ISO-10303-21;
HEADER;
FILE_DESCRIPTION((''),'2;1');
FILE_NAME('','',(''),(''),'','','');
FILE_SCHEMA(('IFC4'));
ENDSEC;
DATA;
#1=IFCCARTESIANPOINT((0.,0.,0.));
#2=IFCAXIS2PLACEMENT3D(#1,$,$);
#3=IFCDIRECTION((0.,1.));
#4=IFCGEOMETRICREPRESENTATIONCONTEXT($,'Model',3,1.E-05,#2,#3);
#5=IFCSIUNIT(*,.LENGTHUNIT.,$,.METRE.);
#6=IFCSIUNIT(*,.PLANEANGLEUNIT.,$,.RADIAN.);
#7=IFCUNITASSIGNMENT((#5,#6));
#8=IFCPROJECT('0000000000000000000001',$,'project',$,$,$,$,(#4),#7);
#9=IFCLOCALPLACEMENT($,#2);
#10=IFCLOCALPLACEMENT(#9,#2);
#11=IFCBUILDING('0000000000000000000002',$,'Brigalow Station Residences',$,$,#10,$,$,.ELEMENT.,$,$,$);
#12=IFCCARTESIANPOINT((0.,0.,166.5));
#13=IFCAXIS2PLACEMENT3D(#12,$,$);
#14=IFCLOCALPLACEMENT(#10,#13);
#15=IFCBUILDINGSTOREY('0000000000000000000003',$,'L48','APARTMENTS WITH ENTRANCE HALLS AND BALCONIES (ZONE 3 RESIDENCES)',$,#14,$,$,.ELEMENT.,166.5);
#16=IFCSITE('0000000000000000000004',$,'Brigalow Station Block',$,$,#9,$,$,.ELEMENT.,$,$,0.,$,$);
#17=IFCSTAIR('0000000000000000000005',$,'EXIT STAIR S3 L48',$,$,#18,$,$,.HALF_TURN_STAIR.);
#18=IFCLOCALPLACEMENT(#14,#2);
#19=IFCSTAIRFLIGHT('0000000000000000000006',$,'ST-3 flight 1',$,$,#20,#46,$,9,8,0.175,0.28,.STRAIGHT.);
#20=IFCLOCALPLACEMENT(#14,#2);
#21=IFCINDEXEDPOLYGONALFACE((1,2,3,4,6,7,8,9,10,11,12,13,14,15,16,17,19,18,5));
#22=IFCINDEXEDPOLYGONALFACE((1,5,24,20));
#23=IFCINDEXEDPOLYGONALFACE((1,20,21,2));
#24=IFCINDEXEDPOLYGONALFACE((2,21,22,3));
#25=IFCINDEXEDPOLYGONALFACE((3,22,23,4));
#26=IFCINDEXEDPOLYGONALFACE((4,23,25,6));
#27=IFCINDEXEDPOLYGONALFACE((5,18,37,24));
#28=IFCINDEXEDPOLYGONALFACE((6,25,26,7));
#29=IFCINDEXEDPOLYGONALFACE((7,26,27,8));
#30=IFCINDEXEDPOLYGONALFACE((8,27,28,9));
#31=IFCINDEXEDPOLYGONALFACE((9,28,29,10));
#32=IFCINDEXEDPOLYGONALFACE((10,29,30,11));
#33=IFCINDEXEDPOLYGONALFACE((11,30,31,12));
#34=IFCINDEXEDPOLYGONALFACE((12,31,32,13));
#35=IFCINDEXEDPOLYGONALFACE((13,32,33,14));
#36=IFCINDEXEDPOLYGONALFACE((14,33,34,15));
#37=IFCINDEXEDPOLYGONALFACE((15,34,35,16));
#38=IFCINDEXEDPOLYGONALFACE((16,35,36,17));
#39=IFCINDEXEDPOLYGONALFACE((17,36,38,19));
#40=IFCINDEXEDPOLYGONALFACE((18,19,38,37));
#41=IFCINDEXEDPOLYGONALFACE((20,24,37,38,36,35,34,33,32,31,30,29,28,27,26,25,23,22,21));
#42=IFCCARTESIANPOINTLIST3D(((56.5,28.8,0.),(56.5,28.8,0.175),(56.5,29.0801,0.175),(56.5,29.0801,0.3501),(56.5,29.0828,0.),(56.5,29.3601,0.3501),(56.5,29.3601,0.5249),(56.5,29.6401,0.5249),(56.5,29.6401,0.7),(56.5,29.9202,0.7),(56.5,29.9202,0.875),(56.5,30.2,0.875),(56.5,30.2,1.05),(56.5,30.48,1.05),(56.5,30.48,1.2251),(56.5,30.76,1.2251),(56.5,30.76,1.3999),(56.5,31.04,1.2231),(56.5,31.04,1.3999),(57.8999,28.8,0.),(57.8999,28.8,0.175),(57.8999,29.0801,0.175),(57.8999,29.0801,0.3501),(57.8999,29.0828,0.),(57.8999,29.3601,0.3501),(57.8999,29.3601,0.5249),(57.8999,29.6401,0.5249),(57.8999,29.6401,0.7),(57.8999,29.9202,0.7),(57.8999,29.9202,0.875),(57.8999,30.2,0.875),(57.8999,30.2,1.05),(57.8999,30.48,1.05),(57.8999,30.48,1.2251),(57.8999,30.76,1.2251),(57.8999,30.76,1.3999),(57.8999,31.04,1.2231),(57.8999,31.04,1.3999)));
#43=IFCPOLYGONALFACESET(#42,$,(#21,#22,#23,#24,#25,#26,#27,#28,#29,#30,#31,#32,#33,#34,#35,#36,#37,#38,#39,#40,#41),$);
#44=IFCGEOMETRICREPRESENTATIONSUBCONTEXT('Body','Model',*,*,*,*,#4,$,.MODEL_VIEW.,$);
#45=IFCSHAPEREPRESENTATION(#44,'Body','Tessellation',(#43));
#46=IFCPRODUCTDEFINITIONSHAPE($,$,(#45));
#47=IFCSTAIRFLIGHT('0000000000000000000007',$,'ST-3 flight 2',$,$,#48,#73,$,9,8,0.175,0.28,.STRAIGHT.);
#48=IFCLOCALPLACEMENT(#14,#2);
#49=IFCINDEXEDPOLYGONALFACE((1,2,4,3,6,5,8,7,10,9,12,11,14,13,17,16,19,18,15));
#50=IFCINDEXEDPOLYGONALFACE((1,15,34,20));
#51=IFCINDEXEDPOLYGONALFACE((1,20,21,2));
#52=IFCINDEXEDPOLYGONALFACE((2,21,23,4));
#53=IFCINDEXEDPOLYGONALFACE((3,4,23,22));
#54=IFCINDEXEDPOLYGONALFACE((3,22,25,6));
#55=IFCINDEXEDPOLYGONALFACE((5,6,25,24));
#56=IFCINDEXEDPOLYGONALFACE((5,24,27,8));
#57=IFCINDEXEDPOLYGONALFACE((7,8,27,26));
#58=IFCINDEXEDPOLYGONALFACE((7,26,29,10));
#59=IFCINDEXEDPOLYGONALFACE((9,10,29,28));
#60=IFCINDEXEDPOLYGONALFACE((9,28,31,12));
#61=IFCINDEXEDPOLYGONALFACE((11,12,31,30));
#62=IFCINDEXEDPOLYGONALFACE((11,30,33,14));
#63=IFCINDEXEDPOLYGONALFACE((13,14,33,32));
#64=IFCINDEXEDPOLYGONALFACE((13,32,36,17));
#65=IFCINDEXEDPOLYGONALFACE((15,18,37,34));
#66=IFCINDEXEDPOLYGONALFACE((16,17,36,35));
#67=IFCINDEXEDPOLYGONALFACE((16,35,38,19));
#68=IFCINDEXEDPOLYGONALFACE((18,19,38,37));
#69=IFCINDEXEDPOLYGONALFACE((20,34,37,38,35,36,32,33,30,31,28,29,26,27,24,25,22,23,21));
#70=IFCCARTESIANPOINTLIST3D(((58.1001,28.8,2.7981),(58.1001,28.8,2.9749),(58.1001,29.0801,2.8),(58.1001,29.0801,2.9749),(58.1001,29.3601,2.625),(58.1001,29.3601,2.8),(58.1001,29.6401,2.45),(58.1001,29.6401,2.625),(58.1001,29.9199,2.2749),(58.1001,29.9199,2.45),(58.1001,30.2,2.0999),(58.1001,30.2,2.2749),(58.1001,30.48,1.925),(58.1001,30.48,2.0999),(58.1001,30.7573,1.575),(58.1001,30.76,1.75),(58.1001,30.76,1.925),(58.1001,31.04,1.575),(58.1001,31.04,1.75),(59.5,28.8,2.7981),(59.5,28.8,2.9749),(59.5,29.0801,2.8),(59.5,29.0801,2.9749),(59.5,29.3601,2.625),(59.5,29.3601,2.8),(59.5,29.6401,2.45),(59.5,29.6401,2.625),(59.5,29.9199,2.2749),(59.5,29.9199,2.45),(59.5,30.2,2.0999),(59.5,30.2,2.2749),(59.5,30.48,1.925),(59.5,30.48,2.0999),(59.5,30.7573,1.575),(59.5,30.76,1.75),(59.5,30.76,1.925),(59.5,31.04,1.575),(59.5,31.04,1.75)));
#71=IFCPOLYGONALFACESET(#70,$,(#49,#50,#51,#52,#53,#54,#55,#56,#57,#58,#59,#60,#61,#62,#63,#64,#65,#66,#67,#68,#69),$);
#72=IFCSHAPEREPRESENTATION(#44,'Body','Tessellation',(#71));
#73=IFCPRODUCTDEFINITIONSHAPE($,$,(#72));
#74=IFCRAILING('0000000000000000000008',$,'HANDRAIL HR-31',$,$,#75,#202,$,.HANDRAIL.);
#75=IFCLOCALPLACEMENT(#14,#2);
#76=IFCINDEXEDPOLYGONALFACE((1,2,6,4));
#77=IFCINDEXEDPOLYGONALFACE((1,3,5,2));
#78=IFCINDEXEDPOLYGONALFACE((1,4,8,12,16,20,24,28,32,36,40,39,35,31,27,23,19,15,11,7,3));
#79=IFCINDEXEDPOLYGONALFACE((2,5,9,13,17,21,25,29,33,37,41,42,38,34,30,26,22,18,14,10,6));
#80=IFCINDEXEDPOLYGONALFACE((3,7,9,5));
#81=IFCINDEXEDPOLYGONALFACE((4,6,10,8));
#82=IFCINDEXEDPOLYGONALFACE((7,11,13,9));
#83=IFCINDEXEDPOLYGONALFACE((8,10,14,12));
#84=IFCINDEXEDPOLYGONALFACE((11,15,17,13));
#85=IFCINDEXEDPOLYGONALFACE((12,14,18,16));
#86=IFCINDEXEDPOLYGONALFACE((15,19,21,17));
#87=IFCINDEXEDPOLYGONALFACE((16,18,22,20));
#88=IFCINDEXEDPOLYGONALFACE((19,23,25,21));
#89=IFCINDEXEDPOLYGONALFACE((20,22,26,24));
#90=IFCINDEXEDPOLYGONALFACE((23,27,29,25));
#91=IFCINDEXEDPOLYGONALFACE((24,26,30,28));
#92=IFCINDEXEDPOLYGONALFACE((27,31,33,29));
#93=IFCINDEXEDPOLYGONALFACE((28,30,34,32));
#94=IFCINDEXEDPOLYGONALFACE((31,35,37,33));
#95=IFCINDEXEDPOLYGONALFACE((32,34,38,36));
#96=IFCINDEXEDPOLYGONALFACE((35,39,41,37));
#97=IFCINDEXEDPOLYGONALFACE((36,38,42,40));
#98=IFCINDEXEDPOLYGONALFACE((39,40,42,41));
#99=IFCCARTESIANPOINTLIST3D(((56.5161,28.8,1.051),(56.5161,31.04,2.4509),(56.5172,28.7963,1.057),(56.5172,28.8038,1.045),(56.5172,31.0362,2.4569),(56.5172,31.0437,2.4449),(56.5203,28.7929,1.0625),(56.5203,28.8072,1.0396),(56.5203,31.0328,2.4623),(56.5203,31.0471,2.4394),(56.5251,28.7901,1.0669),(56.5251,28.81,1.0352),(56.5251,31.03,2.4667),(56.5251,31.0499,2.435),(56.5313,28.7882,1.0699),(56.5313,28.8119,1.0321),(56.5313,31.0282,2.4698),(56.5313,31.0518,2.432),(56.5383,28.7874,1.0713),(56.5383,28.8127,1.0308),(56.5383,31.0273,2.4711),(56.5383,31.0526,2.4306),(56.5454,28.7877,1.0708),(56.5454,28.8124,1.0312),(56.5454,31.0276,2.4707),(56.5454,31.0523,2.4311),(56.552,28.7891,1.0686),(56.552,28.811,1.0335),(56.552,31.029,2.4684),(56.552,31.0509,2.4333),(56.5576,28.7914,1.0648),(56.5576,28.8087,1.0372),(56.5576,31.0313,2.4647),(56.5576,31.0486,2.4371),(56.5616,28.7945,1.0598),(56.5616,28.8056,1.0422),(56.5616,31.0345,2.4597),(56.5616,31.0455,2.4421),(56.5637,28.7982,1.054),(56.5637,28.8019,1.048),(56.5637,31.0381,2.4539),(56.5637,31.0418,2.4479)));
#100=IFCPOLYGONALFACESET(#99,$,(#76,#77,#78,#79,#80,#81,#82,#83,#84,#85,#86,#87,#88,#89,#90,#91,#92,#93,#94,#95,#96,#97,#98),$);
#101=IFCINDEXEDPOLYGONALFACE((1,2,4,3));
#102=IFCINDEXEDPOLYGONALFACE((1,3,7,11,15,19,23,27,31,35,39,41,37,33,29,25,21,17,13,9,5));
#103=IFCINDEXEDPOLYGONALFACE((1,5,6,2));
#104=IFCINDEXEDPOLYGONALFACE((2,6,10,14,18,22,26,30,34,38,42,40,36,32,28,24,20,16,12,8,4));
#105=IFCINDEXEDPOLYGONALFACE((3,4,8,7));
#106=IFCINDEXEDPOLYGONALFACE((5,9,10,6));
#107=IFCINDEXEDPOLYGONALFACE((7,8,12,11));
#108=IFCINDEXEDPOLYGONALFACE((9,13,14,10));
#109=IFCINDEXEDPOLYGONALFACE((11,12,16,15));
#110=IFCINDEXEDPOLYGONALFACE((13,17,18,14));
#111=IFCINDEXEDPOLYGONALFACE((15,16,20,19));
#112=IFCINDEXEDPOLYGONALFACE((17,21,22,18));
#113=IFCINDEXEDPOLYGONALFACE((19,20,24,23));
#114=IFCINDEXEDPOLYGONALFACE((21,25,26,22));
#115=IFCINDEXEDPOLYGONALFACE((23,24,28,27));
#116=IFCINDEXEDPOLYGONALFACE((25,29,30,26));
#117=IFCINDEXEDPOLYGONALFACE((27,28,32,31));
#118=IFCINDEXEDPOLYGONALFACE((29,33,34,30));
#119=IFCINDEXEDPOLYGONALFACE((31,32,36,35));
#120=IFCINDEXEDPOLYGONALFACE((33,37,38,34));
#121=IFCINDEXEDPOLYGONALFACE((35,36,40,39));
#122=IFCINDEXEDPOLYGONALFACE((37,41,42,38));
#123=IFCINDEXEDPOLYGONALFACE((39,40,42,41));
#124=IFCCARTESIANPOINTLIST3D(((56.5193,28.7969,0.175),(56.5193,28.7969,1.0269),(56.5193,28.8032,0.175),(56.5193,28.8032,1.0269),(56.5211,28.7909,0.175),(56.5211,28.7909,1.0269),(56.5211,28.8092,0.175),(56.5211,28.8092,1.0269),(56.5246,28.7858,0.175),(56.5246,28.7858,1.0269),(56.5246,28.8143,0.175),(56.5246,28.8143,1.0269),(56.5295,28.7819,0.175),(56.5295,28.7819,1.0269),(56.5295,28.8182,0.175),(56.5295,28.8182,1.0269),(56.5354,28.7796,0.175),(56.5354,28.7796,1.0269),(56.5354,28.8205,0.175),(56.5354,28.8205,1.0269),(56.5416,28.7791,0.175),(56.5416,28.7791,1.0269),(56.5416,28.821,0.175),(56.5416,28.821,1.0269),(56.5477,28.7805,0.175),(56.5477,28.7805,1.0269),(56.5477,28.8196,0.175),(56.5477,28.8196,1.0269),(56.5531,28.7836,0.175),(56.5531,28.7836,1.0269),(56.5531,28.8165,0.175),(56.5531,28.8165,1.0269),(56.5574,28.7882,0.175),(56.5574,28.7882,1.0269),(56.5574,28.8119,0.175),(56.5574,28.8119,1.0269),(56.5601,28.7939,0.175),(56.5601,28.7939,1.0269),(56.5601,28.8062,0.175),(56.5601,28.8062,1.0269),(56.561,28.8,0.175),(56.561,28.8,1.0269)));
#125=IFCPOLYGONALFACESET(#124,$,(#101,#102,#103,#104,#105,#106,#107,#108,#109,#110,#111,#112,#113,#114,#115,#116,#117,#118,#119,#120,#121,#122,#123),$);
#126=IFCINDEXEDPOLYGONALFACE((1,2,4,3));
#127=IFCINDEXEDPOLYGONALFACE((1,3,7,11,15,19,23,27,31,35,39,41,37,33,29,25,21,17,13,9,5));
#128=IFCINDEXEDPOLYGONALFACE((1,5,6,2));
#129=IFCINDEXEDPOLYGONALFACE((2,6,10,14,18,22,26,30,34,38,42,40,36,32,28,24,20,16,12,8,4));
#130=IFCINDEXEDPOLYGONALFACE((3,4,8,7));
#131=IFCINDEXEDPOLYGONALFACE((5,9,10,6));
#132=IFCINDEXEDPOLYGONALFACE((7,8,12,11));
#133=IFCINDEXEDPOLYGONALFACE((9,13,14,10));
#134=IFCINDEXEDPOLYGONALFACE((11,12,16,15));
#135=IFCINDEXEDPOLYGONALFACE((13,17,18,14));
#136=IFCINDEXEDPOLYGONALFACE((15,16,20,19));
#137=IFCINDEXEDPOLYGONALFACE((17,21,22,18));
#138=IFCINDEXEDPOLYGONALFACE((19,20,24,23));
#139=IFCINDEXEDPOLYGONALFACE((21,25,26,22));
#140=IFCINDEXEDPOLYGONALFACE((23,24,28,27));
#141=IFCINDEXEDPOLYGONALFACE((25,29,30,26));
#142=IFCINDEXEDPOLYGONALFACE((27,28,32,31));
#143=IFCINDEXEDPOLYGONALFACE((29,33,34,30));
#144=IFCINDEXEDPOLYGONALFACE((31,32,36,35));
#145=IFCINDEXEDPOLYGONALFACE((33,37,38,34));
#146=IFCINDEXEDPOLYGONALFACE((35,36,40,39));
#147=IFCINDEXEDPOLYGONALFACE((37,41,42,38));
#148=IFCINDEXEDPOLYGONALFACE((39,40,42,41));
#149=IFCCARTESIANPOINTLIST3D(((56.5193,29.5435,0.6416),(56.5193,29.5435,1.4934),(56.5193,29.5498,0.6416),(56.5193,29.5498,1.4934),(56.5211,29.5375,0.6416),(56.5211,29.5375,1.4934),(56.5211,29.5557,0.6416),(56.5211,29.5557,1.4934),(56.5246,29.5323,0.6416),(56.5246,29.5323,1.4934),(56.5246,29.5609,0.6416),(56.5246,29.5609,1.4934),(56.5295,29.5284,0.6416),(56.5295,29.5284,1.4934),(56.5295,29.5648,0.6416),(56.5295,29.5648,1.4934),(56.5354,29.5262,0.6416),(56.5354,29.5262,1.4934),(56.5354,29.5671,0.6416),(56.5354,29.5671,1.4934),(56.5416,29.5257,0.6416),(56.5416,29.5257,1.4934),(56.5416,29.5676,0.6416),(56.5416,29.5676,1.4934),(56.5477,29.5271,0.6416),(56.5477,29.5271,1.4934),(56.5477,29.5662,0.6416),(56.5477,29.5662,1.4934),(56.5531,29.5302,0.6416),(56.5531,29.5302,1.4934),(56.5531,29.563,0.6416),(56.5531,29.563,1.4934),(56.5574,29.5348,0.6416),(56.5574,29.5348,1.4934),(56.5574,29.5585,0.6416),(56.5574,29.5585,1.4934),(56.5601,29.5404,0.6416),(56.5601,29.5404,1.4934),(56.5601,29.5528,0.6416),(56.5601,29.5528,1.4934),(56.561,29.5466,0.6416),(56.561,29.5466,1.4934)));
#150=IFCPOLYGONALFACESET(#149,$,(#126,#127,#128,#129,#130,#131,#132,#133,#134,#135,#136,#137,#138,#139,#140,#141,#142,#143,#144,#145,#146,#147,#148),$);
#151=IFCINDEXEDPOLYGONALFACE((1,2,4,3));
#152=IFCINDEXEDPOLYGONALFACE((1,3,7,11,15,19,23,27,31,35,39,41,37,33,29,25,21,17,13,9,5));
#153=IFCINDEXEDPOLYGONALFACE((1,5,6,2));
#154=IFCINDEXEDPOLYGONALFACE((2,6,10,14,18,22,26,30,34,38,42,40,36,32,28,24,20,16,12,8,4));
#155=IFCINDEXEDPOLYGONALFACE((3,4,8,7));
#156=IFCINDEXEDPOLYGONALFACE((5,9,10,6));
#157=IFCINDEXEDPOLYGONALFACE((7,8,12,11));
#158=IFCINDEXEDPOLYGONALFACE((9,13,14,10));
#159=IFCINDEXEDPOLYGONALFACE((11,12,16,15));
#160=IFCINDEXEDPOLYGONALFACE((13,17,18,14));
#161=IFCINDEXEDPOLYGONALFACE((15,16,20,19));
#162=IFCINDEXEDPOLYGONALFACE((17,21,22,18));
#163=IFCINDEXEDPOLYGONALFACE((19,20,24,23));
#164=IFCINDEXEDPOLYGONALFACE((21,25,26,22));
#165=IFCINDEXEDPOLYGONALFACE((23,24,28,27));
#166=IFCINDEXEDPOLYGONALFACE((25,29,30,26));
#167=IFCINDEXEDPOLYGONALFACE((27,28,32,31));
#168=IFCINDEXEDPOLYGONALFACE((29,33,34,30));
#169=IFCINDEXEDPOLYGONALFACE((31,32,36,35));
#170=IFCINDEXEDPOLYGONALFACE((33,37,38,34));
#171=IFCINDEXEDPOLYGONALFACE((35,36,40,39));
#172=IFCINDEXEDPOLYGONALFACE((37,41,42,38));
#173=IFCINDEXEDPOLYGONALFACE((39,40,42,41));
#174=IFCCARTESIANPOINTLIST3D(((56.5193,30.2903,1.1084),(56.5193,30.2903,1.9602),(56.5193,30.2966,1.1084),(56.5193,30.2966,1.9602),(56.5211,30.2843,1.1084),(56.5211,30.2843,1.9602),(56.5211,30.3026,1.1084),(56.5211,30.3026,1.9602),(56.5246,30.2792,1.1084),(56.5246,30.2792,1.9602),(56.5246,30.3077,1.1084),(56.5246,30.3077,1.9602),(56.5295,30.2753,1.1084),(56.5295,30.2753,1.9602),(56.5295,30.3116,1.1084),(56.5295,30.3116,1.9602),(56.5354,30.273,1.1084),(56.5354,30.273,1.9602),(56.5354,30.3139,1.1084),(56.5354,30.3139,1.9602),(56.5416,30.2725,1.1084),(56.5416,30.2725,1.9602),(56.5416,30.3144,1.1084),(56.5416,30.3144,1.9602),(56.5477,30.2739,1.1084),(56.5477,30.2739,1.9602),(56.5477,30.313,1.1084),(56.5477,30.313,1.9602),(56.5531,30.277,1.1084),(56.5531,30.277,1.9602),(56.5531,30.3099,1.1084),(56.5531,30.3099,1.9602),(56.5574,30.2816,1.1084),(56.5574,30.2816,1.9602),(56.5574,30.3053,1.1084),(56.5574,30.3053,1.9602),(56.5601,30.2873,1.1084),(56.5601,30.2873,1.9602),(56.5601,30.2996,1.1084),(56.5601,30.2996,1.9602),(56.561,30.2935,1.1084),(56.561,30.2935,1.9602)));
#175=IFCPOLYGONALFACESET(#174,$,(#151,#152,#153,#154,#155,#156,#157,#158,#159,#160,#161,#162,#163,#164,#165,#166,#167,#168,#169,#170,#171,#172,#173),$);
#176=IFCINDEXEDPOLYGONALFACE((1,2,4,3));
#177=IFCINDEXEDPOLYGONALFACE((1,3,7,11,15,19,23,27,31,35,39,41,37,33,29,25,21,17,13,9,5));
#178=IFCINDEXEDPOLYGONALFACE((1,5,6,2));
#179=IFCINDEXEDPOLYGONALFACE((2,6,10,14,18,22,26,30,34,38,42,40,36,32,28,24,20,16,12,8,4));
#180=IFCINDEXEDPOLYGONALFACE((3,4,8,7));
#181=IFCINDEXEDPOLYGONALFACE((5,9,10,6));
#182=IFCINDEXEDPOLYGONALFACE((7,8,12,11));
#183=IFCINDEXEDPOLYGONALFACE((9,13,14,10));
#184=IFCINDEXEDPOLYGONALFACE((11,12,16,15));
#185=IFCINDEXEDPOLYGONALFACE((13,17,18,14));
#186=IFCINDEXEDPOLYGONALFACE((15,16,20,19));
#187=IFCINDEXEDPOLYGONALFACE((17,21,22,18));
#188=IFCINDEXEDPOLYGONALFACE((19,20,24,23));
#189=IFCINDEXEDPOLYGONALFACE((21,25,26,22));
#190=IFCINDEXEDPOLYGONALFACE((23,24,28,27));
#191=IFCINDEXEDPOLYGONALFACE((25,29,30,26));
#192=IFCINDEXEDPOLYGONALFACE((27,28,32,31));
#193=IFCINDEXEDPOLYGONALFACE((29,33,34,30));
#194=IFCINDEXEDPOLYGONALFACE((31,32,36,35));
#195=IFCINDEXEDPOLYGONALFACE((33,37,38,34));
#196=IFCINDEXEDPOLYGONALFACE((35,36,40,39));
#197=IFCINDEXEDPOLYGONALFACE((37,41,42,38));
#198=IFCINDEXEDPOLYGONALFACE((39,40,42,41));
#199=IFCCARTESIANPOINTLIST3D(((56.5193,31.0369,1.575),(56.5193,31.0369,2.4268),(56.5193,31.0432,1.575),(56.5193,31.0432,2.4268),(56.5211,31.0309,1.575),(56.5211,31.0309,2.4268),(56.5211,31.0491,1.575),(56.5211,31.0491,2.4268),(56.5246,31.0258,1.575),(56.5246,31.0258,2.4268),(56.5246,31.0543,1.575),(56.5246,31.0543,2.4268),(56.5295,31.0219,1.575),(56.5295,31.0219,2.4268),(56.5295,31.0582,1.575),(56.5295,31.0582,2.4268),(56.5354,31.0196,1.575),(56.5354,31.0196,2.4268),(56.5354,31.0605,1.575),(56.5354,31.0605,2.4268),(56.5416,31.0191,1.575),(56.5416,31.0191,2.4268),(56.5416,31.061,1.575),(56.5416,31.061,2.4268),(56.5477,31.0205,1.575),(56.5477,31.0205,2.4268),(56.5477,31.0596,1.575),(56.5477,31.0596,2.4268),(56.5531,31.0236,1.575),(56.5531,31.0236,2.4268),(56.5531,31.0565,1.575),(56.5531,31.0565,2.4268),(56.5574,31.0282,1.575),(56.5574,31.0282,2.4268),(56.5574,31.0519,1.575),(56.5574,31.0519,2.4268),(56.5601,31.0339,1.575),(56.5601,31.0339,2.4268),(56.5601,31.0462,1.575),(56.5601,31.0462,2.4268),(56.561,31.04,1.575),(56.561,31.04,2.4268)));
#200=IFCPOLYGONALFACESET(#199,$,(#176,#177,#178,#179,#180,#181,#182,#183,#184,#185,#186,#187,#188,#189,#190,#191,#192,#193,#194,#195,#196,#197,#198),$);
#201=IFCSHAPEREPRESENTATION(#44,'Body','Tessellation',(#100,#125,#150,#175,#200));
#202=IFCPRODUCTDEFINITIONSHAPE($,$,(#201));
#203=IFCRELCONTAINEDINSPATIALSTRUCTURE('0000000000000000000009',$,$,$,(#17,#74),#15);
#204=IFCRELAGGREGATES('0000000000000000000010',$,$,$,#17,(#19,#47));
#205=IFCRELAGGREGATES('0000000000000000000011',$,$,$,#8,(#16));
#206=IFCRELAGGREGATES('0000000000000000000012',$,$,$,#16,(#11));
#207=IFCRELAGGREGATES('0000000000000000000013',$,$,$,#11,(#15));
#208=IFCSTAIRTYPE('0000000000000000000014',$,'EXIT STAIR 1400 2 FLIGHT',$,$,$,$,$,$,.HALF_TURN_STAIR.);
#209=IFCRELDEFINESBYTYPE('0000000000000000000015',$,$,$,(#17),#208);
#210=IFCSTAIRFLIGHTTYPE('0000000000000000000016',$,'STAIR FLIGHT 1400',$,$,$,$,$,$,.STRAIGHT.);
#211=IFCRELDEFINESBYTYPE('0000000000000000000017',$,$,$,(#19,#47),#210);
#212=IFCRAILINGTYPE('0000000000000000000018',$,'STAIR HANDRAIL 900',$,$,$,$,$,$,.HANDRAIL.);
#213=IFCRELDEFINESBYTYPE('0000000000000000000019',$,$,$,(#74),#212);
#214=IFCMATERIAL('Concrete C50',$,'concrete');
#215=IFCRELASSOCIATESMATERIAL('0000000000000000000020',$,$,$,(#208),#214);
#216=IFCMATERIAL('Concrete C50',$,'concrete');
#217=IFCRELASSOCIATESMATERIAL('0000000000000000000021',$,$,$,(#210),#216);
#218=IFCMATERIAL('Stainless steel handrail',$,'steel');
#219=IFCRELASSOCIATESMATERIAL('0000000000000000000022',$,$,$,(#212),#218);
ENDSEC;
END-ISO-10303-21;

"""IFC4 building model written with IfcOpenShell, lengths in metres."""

from ifc_helpers import new_model, si_unit, direction, frame, origin, origin_2d, place, context, subcontext, project, spatial, polyline, circle, outline, extrude, material, type_object, element, aggregate, save


model = new_model("IFC4")

# Units and contexts
model_context = context("Model", 3, precision=1e-05, world=origin(), true_north=direction((0.0, 1.0)))
body_context = subcontext(model_context, "Body", "Model", "MODEL_VIEW")
ifc_project = project(units=[si_unit("LENGTHUNIT", "METRE"), si_unit("PLANEANGLEUNIT", "RADIAN")], contexts=[model_context])

# Site, building, storey
site_placement = place(None, origin())
site = spatial("IfcSite", under=ifc_project, at=site_placement, Name="Brigalow Station Block", CompositionType="ELEMENT", RefElevation=0.0)
building_placement = place(site_placement, origin())
building = spatial("IfcBuilding", under=site, at=building_placement, Name="Brigalow Station Residences", CompositionType="ELEMENT")
storey_placement = place(building_placement, frame((0.0, 0.0, 166.5)))
storey = spatial("IfcBuildingStorey", under=building, at=storey_placement, Name="L48", Description="APARTMENTS WITH ENTRANCE HALLS AND BALCONIES (ZONE 3 RESIDENCES)", CompositionType="ELEMENT", Elevation=166.5)

# Stair, stair flights
ifc_material_1 = material(Name="Concrete C50", Category="concrete")
stair_type = type_object("IfcStairType", Name="EXIT STAIR 1400 2 FLIGHT", PredefinedType="HALF_TURN_STAIR", material=ifc_material_1)
stair_placement = place(storey_placement, origin())
stair = element("IfcStair", 1, at=stair_placement, inside=storey, type_object=stair_type, Name="EXIT STAIR S3 L48", PredefinedType="HALF_TURN_STAIR")
ifc_material_2 = material(Name="Concrete C50", Category="concrete")
stair_flight_type = type_object("IfcStairFlightType", Name="STAIR FLIGHT 1400", PredefinedType="STRAIGHT", material=ifc_material_2)
stair_flight_1_placement = place(storey_placement, frame((57.2, 28.8, 0.0), z_axis=(0.0, 0.0, 1.0), x_axis=(0.0, 1.0, 0.0)))
stair_flight_1 = element("IfcStairFlight", 2, at=stair_flight_1_placement, type_object=stair_flight_type, Name="ST-3 flight 1", NumberOfRisers=9, NumberOfTreads=8, PredefinedType="STRAIGHT", RiserHeight=0.175, TreadLength=0.28, context=body_context, shape_type="SweptSolid", body=[
    extrude(outline(polyline([(0.0, 0.0), (0.0, 0.175), (0.28, 0.175), (0.28, 0.3501), (0.5601, 0.3501), (0.5601, 0.5249), (0.8401, 0.5249), (0.8401, 0.7), (1.1201, 0.7), (1.1201, 0.875), (1.3999, 0.875), (1.3999, 1.05), (1.6799, 1.05), (1.6799, 1.2251), (1.96, 1.2251), (1.96, 1.3999), (2.24, 1.3999), (2.24, 1.575), (2.24, 1.2231), (0.2827, 0.0), (0.0, 0.0)])), frame((0.0, 0.7, 0.0), z_axis=(0.0, -1.0, 0.0), x_axis=(1.0, 0.0, 0.0)), (0.0, 0.0, 1.0), 1.3999),
])
stair_flight_2_placement = place(storey_placement, frame((58.8, 31.04, 1.575), z_axis=(0.0, 0.0, 1.0), x_axis=(0.0, -1.0, 0.0)))
stair_flight_2 = element("IfcStairFlight", 3, at=stair_flight_2_placement, type_object=stair_flight_type, Name="ST-3 flight 2", NumberOfRisers=9, NumberOfTreads=8, PredefinedType="STRAIGHT", RiserHeight=0.175, TreadLength=0.28, context=body_context, shape_type="SweptSolid", body=[
    extrude(outline(polyline([(0.0, 0.0), (0.0, 0.175), (0.28, 0.175), (0.28, 0.3501), (0.5601, 0.3501), (0.5601, 0.5249), (0.8401, 0.5249), (0.8401, 0.7), (1.1201, 0.7), (1.1201, 0.875), (1.3999, 0.875), (1.3999, 1.05), (1.6799, 1.05), (1.6799, 1.2251), (1.96, 1.2251), (1.96, 1.3999), (2.24, 1.3999), (2.24, 1.575), (2.24, 1.2231), (0.2827, 0.0), (0.0, 0.0)])), frame((0.0, 0.7, 0.0), z_axis=(0.0, -1.0, 0.0), x_axis=(1.0, 0.0, 0.0)), (0.0, 0.0, 1.0), 1.3999),
])
aggregate(stair, [stair_flight_1, stair_flight_2])

# Railing
ifc_material_3 = material(Name="Stainless steel handrail", Category="steel")
railing_type_1 = type_object("IfcRailingType", Name="STAIR HANDRAIL 900", PredefinedType="HANDRAIL", material=ifc_material_3)
railing_1_placement = place(storey_placement, frame((56.54, 28.8, 0.175)))
element("IfcRailing", 4, at=railing_1_placement, inside=storey, type_object=railing_type_1, Name="HANDRAIL HR-31", PredefinedType="HANDRAIL", context=body_context, shape_type="SweptSolid", body=[
    extrude(circle(Radius=0.0239, at=origin_2d()), frame((0.0, 0.0, 0.876), z_axis=(0.0, 0.848014, 0.529974), x_axis=(-1.0, 0.0, 0.0)), (0.0, 0.0, 1.0), 2.6414),
    extrude(circle(Radius=0.021, at=origin_2d()), origin(), (0.0, 0.0, 1.0), 0.8518),
    extrude(circle(Radius=0.021, at=origin_2d()), frame((0.0, 0.7466, 0.4666)), (0.0, 0.0, 1.0), 0.8518),
    extrude(circle(Radius=0.021, at=origin_2d()), frame((0.0, 1.4934, 0.9333)), (0.0, 0.0, 1.0), 0.8518),
    extrude(circle(Radius=0.021, at=origin_2d()), frame((0.0, 2.24, 1.3999)), (0.0, 0.0, 1.0), 0.8518),
])

save(model, "model.ifc")
